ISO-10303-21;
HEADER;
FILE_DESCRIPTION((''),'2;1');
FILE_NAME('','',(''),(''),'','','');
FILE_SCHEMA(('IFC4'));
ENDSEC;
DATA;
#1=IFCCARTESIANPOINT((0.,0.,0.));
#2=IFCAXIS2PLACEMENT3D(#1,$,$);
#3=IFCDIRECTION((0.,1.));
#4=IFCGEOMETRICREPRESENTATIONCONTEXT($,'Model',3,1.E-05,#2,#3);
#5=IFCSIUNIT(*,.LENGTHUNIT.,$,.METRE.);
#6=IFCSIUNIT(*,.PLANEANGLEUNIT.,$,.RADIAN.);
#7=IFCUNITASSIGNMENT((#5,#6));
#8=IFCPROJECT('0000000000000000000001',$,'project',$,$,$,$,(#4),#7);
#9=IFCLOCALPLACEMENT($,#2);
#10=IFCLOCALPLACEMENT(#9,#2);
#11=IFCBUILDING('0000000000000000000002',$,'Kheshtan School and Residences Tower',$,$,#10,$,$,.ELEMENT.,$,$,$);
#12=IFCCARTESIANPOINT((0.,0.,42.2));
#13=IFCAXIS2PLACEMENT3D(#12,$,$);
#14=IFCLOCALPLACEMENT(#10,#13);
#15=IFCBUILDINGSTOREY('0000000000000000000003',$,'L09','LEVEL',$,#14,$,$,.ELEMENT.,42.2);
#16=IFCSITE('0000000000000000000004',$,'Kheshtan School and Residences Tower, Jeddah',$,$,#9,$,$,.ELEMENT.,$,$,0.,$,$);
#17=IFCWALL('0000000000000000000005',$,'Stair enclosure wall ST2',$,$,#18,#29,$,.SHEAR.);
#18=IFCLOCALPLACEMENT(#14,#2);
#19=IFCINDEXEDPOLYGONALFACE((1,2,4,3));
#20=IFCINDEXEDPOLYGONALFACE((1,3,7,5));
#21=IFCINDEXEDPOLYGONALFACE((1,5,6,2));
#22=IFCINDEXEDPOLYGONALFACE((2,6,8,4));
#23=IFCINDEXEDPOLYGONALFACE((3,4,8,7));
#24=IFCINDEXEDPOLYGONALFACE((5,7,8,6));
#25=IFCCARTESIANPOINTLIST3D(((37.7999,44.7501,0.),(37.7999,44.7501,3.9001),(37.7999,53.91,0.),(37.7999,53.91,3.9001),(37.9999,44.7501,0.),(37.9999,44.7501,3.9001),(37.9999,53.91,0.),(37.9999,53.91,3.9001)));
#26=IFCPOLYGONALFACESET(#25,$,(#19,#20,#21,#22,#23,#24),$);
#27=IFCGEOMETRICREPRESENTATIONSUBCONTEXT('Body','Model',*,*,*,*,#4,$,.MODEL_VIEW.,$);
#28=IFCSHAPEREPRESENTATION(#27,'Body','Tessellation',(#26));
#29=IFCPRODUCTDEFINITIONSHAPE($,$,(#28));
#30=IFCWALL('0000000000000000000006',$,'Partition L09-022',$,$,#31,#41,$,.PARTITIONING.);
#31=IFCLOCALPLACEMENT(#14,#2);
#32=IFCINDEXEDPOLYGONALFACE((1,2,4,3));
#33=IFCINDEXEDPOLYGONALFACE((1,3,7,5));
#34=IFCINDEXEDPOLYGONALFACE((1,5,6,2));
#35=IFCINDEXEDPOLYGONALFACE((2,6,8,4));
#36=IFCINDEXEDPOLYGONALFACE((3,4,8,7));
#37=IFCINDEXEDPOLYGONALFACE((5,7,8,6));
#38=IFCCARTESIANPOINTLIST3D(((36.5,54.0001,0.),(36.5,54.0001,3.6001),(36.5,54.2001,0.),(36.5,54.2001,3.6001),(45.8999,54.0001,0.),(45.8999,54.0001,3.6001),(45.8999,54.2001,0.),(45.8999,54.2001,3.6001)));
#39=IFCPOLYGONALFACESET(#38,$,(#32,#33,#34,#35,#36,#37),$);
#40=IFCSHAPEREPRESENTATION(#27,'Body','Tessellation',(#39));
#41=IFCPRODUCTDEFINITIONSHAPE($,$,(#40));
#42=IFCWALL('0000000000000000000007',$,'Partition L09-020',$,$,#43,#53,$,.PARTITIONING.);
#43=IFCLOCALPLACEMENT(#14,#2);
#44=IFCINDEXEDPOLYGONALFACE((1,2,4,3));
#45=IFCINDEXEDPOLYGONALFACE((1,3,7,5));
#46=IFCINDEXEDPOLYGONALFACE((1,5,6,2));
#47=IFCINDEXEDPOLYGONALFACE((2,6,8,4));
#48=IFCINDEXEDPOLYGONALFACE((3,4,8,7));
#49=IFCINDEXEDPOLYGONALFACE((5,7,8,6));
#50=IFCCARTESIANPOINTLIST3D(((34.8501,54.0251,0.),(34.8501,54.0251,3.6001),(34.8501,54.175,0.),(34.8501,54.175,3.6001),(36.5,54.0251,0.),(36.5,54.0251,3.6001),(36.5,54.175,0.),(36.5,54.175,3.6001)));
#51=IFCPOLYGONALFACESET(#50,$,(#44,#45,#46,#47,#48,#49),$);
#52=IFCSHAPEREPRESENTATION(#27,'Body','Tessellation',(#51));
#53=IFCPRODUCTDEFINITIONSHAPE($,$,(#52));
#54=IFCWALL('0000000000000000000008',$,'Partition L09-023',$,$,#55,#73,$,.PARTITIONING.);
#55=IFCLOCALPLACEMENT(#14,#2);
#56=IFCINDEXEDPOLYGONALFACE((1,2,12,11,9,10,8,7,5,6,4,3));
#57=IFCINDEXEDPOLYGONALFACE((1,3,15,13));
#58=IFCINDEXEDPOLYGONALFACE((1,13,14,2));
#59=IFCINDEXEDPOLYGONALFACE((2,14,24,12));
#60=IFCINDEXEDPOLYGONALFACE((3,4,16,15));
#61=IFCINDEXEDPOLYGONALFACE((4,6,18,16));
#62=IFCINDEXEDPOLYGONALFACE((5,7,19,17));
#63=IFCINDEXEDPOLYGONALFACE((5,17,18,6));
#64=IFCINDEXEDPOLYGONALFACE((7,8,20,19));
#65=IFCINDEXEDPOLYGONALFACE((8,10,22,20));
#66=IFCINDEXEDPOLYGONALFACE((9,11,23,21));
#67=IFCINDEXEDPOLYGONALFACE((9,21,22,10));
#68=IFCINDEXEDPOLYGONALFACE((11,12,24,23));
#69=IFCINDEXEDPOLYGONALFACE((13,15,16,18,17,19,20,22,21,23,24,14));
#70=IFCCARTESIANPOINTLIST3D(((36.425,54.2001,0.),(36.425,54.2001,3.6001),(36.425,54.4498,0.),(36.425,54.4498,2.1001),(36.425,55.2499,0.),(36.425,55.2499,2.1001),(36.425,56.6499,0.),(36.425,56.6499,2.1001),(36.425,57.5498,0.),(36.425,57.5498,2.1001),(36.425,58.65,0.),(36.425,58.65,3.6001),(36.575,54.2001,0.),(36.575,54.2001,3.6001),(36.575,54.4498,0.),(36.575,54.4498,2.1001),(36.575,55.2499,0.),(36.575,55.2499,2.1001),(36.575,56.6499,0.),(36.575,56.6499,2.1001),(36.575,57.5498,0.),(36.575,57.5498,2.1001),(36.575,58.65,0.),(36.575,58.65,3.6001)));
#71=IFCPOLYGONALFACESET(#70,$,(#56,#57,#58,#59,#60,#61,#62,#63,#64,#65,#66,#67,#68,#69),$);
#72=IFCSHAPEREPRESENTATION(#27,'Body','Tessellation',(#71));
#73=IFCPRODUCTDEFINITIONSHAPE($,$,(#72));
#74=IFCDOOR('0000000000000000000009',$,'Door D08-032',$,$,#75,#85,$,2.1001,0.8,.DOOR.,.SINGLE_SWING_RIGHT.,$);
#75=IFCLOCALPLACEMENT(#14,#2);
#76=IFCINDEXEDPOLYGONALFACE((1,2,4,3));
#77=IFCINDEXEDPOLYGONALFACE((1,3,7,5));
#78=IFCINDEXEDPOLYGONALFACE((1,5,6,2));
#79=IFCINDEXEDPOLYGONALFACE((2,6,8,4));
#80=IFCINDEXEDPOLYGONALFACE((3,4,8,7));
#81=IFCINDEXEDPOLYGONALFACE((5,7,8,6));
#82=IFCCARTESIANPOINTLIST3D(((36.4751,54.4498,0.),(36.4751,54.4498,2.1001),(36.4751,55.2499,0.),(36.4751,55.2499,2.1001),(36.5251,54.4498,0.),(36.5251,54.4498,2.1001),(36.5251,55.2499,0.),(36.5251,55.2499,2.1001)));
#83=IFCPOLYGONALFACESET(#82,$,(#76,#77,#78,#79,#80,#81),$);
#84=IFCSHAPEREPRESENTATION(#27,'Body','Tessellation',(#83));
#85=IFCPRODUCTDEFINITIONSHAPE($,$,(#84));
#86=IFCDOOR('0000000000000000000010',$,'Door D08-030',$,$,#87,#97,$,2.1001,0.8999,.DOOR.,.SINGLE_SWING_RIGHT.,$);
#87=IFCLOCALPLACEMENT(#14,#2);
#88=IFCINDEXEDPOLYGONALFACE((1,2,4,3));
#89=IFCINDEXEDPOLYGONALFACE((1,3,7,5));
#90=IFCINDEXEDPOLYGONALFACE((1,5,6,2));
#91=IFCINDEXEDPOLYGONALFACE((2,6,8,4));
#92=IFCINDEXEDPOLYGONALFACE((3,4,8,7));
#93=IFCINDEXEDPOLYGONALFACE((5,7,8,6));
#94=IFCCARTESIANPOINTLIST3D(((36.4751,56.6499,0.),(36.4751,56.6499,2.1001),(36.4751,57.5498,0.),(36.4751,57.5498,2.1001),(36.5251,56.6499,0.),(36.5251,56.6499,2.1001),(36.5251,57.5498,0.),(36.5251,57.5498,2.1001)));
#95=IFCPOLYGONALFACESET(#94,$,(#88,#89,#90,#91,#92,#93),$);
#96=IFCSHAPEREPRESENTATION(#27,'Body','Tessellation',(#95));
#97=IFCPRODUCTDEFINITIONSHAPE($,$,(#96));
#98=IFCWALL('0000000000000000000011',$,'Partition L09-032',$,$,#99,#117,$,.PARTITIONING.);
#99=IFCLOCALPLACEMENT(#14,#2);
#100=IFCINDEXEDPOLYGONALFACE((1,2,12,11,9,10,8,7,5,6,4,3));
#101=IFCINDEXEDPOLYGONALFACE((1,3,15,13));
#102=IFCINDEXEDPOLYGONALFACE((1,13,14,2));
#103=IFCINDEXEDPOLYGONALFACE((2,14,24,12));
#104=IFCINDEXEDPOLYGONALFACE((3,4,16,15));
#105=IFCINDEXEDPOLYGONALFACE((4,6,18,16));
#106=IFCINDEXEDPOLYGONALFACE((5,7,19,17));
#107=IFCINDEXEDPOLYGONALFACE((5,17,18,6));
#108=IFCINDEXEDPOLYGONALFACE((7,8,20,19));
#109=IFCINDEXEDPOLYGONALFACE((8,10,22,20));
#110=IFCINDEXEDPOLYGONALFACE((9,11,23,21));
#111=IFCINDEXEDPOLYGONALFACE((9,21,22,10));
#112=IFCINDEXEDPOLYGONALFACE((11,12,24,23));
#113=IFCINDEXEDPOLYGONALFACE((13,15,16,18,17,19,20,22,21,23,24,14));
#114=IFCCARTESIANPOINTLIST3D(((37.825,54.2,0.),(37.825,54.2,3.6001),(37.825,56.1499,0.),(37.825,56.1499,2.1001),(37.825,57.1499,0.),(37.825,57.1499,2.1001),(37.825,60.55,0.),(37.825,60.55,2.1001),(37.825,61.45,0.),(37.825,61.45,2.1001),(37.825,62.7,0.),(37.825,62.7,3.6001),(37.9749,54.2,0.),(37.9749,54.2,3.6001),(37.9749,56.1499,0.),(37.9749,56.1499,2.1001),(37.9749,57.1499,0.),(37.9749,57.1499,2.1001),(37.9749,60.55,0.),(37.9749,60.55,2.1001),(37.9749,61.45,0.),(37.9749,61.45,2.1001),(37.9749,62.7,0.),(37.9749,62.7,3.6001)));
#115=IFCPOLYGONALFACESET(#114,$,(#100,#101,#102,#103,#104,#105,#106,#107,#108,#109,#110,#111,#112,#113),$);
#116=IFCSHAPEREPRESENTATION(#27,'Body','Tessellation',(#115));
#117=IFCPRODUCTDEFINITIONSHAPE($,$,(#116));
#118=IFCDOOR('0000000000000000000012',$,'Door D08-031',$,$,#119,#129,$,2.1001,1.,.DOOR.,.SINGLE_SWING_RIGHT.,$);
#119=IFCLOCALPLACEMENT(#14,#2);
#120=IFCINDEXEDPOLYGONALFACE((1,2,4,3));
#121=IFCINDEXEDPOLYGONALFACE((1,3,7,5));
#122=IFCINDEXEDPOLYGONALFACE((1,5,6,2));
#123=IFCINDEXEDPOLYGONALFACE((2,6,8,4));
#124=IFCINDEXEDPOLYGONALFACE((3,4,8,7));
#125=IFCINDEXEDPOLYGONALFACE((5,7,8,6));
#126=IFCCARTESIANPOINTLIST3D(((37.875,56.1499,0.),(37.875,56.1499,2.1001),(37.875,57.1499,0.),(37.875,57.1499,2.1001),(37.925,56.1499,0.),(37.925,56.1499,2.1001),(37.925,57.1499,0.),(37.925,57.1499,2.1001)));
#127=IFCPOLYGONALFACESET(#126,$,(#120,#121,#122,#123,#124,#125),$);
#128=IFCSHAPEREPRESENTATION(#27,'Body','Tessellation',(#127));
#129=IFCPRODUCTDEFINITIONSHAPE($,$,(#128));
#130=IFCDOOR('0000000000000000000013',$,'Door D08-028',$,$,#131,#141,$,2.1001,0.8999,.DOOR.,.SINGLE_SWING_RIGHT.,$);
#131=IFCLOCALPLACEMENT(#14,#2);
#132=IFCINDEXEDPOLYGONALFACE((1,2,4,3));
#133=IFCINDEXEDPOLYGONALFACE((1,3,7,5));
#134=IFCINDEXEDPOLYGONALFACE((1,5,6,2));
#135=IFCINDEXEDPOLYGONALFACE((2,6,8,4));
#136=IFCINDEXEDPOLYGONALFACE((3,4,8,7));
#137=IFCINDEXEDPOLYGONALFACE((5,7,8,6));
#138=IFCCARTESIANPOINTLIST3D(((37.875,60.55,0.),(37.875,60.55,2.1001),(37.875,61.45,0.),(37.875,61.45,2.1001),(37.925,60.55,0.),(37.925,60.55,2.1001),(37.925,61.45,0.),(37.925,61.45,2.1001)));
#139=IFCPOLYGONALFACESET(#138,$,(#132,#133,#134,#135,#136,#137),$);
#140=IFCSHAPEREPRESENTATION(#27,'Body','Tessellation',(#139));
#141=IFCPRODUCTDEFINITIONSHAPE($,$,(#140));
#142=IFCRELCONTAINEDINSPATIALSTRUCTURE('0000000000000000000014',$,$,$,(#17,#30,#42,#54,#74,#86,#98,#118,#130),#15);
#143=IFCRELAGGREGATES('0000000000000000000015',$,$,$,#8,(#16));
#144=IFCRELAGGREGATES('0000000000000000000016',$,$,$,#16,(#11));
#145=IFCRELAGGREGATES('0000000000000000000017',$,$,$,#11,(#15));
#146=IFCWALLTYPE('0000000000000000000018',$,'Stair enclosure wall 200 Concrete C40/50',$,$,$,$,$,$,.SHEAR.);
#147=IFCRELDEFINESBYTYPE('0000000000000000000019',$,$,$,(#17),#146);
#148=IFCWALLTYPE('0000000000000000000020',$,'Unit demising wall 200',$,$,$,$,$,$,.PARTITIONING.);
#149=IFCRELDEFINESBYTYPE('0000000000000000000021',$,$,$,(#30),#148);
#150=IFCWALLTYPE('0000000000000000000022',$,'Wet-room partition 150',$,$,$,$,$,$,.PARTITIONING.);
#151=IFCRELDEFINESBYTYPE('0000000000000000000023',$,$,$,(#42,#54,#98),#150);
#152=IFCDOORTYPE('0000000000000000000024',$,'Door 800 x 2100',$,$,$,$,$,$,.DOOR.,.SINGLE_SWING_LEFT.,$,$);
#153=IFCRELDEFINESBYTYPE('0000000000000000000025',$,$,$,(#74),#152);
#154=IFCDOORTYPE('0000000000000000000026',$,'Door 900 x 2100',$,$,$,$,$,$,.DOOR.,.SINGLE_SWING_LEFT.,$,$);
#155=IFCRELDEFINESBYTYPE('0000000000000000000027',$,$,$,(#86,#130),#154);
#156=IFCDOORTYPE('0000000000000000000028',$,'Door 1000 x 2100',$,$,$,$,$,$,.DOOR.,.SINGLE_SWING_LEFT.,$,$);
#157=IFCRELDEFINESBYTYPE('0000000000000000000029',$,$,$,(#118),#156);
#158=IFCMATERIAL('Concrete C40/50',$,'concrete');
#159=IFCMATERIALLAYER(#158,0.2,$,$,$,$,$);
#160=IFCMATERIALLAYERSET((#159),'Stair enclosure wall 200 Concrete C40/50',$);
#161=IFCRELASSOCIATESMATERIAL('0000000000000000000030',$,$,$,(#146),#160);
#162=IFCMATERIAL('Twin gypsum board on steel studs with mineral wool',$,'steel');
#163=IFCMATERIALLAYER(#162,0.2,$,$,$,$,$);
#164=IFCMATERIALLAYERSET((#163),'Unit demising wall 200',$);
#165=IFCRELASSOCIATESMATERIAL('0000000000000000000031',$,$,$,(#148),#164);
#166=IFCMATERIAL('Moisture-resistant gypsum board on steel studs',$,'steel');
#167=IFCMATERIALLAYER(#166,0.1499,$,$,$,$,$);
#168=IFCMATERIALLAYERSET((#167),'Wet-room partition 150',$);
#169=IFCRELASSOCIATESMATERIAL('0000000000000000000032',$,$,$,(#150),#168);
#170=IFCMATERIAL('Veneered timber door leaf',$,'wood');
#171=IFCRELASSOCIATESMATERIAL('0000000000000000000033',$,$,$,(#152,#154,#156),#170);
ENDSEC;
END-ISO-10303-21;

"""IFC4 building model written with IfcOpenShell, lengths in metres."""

from ifc_helpers import new_model, si_unit, direction, frame, frame_2d, origin, place, context, subcontext, project, spatial, rectangle, extrude, source, transform, mapped, material, layer, layer_set, type_object, element, fill, save


model = new_model("IFC4")

# Units and contexts
model_context = context("Model", 3, precision=1e-05, world=origin(), true_north=direction((0.0, 1.0)))
body_context = subcontext(model_context, "Body", "Model", "MODEL_VIEW")
ifc_project = project(units=[si_unit("LENGTHUNIT", "METRE"), si_unit("PLANEANGLEUNIT", "RADIAN")], contexts=[model_context])

# Site, building, storey
site_placement = place(None, origin())
site = spatial("IfcSite", under=ifc_project, at=site_placement, Name="Kheshtan School and Residences Tower, Jeddah", CompositionType="ELEMENT", RefElevation=0.0)
building_placement = place(site_placement, origin())
building = spatial("IfcBuilding", under=site, at=building_placement, Name="Kheshtan School and Residences Tower", CompositionType="ELEMENT")
storey_placement = place(building_placement, frame((0.0, 0.0, 42.2)))
storey = spatial("IfcBuildingStorey", under=building, at=storey_placement, Name="L09", Description="LEVEL", CompositionType="ELEMENT", Elevation=42.2)

# Walls
ifc_material_1 = material(Name="Concrete C40/50", Category="concrete")
ifc_layer_1 = layer(ifc_material_1, 0.2)
ifc_layer_set_1 = layer_set([ifc_layer_1], Name="Stair enclosure wall 200 Concrete C40/50")
wall_type_1 = type_object("IfcWallType", Name="Stair enclosure wall 200 Concrete C40/50", PredefinedType="SHEAR", material=ifc_layer_set_1)
wall_1_placement = place(storey_placement, frame((37.8999, 44.75, 0.0), z_axis=(0.0, 0.0, 1.0), x_axis=(0.0, 1.0, 0.0)))
element("IfcWall", 1, at=wall_1_placement, inside=storey, type_object=wall_type_1, Name="Stair enclosure wall ST2", PredefinedType="SHEAR", context=body_context, shape_type="SweptSolid", body=[
    extrude(rectangle(XDim=9.1599, YDim=0.2, at=frame_2d((4.5801, 0.0))), origin(), (0.0, 0.0, 1.0), 3.9001),
])
ifc_material_2 = material(Name="Twin gypsum board on steel studs with mineral wool", Category="steel")
ifc_layer_2 = layer(ifc_material_2, 0.2)
ifc_layer_set_2 = layer_set([ifc_layer_2], Name="Unit demising wall 200")
wall_type_2 = type_object("IfcWallType", Name="Unit demising wall 200", PredefinedType="PARTITIONING", material=ifc_layer_set_2)
wall_2_placement = place(storey_placement, frame((36.5, 54.1001, 0.0), z_axis=(0.0, 0.0, 1.0), x_axis=(1.0, 0.0, 0.0)))
element("IfcWall", 2, at=wall_2_placement, inside=storey, type_object=wall_type_2, Name="Partition L09-022", PredefinedType="PARTITIONING", context=body_context, shape_type="SweptSolid", body=[
    extrude(rectangle(XDim=9.3999, YDim=0.2, at=frame_2d((4.7, 0.0))), origin(), (0.0, 0.0, 1.0), 3.6001),
])
ifc_material_3 = material(Name="Moisture-resistant gypsum board on steel studs", Category="steel")
ifc_layer_3 = layer(ifc_material_3, 0.1499)
ifc_layer_set_3 = layer_set([ifc_layer_3], Name="Wet-room partition 150")
wall_type_3 = type_object("IfcWallType", Name="Wet-room partition 150", PredefinedType="PARTITIONING", material=ifc_layer_set_3)
wall_3_placement = place(storey_placement, frame((34.8501, 54.1001, 0.0), z_axis=(0.0, 0.0, 1.0), x_axis=(1.0, 0.0, 0.0)))
element("IfcWall", 3, at=wall_3_placement, inside=storey, type_object=wall_type_3, Name="Partition L09-020", PredefinedType="PARTITIONING", context=body_context, shape_type="SweptSolid", body=[
    extrude(rectangle(XDim=1.6499, YDim=0.1499, at=frame_2d((0.825, 0.0))), origin(), (0.0, 0.0, 1.0), 3.6001),
])

# Walls, openings, doors
wall_4_placement = place(storey_placement, frame((36.5, 54.2, 0.0), z_axis=(0.0, 0.0, 1.0), x_axis=(0.0, 1.0, 0.0)))
wall_4 = element("IfcWall", 4, at=wall_4_placement, inside=storey, type_object=wall_type_3, Name="Partition L09-023", PredefinedType="PARTITIONING", context=body_context, shape_type="SweptSolid", body=[
    extrude(rectangle(XDim=4.45, YDim=0.1499, at=frame_2d((2.2251, 0.0))), origin(), (0.0, 0.0, 1.0), 3.6001),
])
opening_1_placement = place(wall_4_placement, frame((2.45, 0.0, 0.0)))
opening_1 = element("IfcOpeningElement", 5, at=opening_1_placement, cuts=wall_4, PredefinedType="OPENING", context=body_context, shape_type="SweptSolid", body=[
    extrude(rectangle(XDim=0.8999, YDim=2.1001, at=frame_2d((0.45, 1.05))), frame((0.0, 0.085, 0.0), z_axis=(0.0, -1.0, 0.0), x_axis=(1.0, 0.0, 0.0)), (0.0, 0.0, 1.0), 0.1699),
])
opening_2_placement = place(wall_4_placement, frame((0.25, 0.0, 0.0)))
opening_2 = element("IfcOpeningElement", 6, at=opening_2_placement, cuts=wall_4, PredefinedType="OPENING", context=body_context, shape_type="SweptSolid", body=[
    extrude(rectangle(XDim=0.8, YDim=2.1001, at=frame_2d((0.3999, 1.05))), frame((0.0, 0.085, 0.0), z_axis=(0.0, -1.0, 0.0), x_axis=(1.0, 0.0, 0.0)), (0.0, 0.0, 1.0), 0.1699),
])
ifc_material_4 = material(Name="Veneered timber door leaf", Category="wood")
door_type_1 = type_object("IfcDoorType", Name="Door 800 x 2100", OperationType="SINGLE_SWING_LEFT", PredefinedType="DOOR", material=ifc_material_4)
shared_shape_1 = source(origin(), body_context, "Body", "SweptSolid", [
    extrude(rectangle(XDim=0.8, YDim=2.1001, at=frame_2d((0.3999, 1.05))), frame((0.0, 0.0249, 0.0), z_axis=(0.0, -1.0, 0.0), x_axis=(1.0, 0.0, 0.0)), (0.0, 0.0, 1.0), 0.05),
])
door_1_placement = place(opening_2_placement, origin())
door_1 = element("IfcDoor", 7, at=door_1_placement, inside=storey, type_object=door_type_1, Name="Door D08-032", OperationType="SINGLE_SWING_RIGHT", OverallHeight=2.1001, OverallWidth=0.8, PredefinedType="DOOR", context=body_context, shape_type="MappedRepresentation", body=[
    mapped(shared_shape_1, transform((0.0, 0.0, 0.0), x_axis=(1.0, 0.0, 0.0), y_axis=(0.0, 1.0, 0.0), z_axis=(0.0, 0.0, 1.0), scale=1.0)),
])
fill(opening_2, door_1)
door_type_2 = type_object("IfcDoorType", Name="Door 900 x 2100", OperationType="SINGLE_SWING_LEFT", PredefinedType="DOOR", material=ifc_material_4)
shared_shape_2 = source(origin(), body_context, "Body", "SweptSolid", [
    extrude(rectangle(XDim=0.8999, YDim=2.1001, at=frame_2d((0.45, 1.05))), frame((0.0, 0.0249, 0.0), z_axis=(0.0, -1.0, 0.0), x_axis=(1.0, 0.0, 0.0)), (0.0, 0.0, 1.0), 0.05),
])
door_2_placement = place(opening_1_placement, origin())
door_2 = element("IfcDoor", 8, at=door_2_placement, inside=storey, type_object=door_type_2, Name="Door D08-030", OperationType="SINGLE_SWING_RIGHT", OverallHeight=2.1001, OverallWidth=0.8999, PredefinedType="DOOR", context=body_context, shape_type="MappedRepresentation", body=[
    mapped(shared_shape_2, transform((0.0, 0.0, 0.0), x_axis=(1.0, 0.0, 0.0), y_axis=(0.0, 1.0, 0.0), z_axis=(0.0, 0.0, 1.0), scale=1.0)),
])
fill(opening_1, door_2)
wall_5_placement = place(storey_placement, frame((37.8999, 54.2, 0.0), z_axis=(0.0, 0.0, 1.0), x_axis=(0.0, 1.0, 0.0)))
wall_5 = element("IfcWall", 9, at=wall_5_placement, inside=storey, type_object=wall_type_3, Name="Partition L09-032", PredefinedType="PARTITIONING", context=body_context, shape_type="SweptSolid", body=[
    extrude(rectangle(XDim=8.5, YDim=0.1499, at=frame_2d((4.25, 0.0))), origin(), (0.0, 0.0, 1.0), 3.6001),
])
opening_3_placement = place(wall_5_placement, frame((6.3501, 0.0, 0.0)))
opening_3 = element("IfcOpeningElement", 10, at=opening_3_placement, cuts=wall_5, PredefinedType="OPENING", context=body_context, shape_type="SweptSolid", body=[
    extrude(rectangle(XDim=0.8999, YDim=2.1001, at=frame_2d((0.45, 1.05))), frame((0.0, 0.085, 0.0), z_axis=(0.0, -1.0, 0.0), x_axis=(1.0, 0.0, 0.0)), (0.0, 0.0, 1.0), 0.1699),
])
opening_4_placement = place(wall_5_placement, frame((1.95, 0.0, 0.0)))
opening_4 = element("IfcOpeningElement", 11, at=opening_4_placement, cuts=wall_5, PredefinedType="OPENING", context=body_context, shape_type="SweptSolid", body=[
    extrude(rectangle(XDim=1.0, YDim=2.1001, at=frame_2d((0.5, 1.05))), frame((0.0, 0.085, 0.0), z_axis=(0.0, -1.0, 0.0), x_axis=(1.0, 0.0, 0.0)), (0.0, 0.0, 1.0), 0.1699),
])
door_type_3 = type_object("IfcDoorType", Name="Door 1000 x 2100", OperationType="SINGLE_SWING_LEFT", PredefinedType="DOOR", material=ifc_material_4)
shared_shape_3 = source(origin(), body_context, "Body", "SweptSolid", [
    extrude(rectangle(XDim=1.0, YDim=2.1001, at=frame_2d((0.5, 1.05))), frame((0.0, 0.0249, 0.0), z_axis=(0.0, -1.0, 0.0), x_axis=(1.0, 0.0, 0.0)), (0.0, 0.0, 1.0), 0.05),
])
door_3_placement = place(opening_4_placement, origin())
door_3 = element("IfcDoor", 12, at=door_3_placement, inside=storey, type_object=door_type_3, Name="Door D08-031", OperationType="SINGLE_SWING_RIGHT", OverallHeight=2.1001, OverallWidth=1.0, PredefinedType="DOOR", context=body_context, shape_type="MappedRepresentation", body=[
    mapped(shared_shape_3, transform((0.0, 0.0, 0.0), x_axis=(1.0, 0.0, 0.0), y_axis=(0.0, 1.0, 0.0), z_axis=(0.0, 0.0, 1.0), scale=1.0)),
])
fill(opening_4, door_3)
door_4_placement = place(opening_3_placement, origin())
door_4 = element("IfcDoor", 13, at=door_4_placement, inside=storey, type_object=door_type_2, Name="Door D08-028", OperationType="SINGLE_SWING_RIGHT", OverallHeight=2.1001, OverallWidth=0.8999, PredefinedType="DOOR", context=body_context, shape_type="MappedRepresentation", body=[
    mapped(shared_shape_2, transform((0.0, 0.0, 0.0), x_axis=(1.0, 0.0, 0.0), y_axis=(0.0, 1.0, 0.0), z_axis=(0.0, 0.0, 1.0), scale=1.0)),
])
fill(opening_3, door_4)

save(model, "model.ifc")
